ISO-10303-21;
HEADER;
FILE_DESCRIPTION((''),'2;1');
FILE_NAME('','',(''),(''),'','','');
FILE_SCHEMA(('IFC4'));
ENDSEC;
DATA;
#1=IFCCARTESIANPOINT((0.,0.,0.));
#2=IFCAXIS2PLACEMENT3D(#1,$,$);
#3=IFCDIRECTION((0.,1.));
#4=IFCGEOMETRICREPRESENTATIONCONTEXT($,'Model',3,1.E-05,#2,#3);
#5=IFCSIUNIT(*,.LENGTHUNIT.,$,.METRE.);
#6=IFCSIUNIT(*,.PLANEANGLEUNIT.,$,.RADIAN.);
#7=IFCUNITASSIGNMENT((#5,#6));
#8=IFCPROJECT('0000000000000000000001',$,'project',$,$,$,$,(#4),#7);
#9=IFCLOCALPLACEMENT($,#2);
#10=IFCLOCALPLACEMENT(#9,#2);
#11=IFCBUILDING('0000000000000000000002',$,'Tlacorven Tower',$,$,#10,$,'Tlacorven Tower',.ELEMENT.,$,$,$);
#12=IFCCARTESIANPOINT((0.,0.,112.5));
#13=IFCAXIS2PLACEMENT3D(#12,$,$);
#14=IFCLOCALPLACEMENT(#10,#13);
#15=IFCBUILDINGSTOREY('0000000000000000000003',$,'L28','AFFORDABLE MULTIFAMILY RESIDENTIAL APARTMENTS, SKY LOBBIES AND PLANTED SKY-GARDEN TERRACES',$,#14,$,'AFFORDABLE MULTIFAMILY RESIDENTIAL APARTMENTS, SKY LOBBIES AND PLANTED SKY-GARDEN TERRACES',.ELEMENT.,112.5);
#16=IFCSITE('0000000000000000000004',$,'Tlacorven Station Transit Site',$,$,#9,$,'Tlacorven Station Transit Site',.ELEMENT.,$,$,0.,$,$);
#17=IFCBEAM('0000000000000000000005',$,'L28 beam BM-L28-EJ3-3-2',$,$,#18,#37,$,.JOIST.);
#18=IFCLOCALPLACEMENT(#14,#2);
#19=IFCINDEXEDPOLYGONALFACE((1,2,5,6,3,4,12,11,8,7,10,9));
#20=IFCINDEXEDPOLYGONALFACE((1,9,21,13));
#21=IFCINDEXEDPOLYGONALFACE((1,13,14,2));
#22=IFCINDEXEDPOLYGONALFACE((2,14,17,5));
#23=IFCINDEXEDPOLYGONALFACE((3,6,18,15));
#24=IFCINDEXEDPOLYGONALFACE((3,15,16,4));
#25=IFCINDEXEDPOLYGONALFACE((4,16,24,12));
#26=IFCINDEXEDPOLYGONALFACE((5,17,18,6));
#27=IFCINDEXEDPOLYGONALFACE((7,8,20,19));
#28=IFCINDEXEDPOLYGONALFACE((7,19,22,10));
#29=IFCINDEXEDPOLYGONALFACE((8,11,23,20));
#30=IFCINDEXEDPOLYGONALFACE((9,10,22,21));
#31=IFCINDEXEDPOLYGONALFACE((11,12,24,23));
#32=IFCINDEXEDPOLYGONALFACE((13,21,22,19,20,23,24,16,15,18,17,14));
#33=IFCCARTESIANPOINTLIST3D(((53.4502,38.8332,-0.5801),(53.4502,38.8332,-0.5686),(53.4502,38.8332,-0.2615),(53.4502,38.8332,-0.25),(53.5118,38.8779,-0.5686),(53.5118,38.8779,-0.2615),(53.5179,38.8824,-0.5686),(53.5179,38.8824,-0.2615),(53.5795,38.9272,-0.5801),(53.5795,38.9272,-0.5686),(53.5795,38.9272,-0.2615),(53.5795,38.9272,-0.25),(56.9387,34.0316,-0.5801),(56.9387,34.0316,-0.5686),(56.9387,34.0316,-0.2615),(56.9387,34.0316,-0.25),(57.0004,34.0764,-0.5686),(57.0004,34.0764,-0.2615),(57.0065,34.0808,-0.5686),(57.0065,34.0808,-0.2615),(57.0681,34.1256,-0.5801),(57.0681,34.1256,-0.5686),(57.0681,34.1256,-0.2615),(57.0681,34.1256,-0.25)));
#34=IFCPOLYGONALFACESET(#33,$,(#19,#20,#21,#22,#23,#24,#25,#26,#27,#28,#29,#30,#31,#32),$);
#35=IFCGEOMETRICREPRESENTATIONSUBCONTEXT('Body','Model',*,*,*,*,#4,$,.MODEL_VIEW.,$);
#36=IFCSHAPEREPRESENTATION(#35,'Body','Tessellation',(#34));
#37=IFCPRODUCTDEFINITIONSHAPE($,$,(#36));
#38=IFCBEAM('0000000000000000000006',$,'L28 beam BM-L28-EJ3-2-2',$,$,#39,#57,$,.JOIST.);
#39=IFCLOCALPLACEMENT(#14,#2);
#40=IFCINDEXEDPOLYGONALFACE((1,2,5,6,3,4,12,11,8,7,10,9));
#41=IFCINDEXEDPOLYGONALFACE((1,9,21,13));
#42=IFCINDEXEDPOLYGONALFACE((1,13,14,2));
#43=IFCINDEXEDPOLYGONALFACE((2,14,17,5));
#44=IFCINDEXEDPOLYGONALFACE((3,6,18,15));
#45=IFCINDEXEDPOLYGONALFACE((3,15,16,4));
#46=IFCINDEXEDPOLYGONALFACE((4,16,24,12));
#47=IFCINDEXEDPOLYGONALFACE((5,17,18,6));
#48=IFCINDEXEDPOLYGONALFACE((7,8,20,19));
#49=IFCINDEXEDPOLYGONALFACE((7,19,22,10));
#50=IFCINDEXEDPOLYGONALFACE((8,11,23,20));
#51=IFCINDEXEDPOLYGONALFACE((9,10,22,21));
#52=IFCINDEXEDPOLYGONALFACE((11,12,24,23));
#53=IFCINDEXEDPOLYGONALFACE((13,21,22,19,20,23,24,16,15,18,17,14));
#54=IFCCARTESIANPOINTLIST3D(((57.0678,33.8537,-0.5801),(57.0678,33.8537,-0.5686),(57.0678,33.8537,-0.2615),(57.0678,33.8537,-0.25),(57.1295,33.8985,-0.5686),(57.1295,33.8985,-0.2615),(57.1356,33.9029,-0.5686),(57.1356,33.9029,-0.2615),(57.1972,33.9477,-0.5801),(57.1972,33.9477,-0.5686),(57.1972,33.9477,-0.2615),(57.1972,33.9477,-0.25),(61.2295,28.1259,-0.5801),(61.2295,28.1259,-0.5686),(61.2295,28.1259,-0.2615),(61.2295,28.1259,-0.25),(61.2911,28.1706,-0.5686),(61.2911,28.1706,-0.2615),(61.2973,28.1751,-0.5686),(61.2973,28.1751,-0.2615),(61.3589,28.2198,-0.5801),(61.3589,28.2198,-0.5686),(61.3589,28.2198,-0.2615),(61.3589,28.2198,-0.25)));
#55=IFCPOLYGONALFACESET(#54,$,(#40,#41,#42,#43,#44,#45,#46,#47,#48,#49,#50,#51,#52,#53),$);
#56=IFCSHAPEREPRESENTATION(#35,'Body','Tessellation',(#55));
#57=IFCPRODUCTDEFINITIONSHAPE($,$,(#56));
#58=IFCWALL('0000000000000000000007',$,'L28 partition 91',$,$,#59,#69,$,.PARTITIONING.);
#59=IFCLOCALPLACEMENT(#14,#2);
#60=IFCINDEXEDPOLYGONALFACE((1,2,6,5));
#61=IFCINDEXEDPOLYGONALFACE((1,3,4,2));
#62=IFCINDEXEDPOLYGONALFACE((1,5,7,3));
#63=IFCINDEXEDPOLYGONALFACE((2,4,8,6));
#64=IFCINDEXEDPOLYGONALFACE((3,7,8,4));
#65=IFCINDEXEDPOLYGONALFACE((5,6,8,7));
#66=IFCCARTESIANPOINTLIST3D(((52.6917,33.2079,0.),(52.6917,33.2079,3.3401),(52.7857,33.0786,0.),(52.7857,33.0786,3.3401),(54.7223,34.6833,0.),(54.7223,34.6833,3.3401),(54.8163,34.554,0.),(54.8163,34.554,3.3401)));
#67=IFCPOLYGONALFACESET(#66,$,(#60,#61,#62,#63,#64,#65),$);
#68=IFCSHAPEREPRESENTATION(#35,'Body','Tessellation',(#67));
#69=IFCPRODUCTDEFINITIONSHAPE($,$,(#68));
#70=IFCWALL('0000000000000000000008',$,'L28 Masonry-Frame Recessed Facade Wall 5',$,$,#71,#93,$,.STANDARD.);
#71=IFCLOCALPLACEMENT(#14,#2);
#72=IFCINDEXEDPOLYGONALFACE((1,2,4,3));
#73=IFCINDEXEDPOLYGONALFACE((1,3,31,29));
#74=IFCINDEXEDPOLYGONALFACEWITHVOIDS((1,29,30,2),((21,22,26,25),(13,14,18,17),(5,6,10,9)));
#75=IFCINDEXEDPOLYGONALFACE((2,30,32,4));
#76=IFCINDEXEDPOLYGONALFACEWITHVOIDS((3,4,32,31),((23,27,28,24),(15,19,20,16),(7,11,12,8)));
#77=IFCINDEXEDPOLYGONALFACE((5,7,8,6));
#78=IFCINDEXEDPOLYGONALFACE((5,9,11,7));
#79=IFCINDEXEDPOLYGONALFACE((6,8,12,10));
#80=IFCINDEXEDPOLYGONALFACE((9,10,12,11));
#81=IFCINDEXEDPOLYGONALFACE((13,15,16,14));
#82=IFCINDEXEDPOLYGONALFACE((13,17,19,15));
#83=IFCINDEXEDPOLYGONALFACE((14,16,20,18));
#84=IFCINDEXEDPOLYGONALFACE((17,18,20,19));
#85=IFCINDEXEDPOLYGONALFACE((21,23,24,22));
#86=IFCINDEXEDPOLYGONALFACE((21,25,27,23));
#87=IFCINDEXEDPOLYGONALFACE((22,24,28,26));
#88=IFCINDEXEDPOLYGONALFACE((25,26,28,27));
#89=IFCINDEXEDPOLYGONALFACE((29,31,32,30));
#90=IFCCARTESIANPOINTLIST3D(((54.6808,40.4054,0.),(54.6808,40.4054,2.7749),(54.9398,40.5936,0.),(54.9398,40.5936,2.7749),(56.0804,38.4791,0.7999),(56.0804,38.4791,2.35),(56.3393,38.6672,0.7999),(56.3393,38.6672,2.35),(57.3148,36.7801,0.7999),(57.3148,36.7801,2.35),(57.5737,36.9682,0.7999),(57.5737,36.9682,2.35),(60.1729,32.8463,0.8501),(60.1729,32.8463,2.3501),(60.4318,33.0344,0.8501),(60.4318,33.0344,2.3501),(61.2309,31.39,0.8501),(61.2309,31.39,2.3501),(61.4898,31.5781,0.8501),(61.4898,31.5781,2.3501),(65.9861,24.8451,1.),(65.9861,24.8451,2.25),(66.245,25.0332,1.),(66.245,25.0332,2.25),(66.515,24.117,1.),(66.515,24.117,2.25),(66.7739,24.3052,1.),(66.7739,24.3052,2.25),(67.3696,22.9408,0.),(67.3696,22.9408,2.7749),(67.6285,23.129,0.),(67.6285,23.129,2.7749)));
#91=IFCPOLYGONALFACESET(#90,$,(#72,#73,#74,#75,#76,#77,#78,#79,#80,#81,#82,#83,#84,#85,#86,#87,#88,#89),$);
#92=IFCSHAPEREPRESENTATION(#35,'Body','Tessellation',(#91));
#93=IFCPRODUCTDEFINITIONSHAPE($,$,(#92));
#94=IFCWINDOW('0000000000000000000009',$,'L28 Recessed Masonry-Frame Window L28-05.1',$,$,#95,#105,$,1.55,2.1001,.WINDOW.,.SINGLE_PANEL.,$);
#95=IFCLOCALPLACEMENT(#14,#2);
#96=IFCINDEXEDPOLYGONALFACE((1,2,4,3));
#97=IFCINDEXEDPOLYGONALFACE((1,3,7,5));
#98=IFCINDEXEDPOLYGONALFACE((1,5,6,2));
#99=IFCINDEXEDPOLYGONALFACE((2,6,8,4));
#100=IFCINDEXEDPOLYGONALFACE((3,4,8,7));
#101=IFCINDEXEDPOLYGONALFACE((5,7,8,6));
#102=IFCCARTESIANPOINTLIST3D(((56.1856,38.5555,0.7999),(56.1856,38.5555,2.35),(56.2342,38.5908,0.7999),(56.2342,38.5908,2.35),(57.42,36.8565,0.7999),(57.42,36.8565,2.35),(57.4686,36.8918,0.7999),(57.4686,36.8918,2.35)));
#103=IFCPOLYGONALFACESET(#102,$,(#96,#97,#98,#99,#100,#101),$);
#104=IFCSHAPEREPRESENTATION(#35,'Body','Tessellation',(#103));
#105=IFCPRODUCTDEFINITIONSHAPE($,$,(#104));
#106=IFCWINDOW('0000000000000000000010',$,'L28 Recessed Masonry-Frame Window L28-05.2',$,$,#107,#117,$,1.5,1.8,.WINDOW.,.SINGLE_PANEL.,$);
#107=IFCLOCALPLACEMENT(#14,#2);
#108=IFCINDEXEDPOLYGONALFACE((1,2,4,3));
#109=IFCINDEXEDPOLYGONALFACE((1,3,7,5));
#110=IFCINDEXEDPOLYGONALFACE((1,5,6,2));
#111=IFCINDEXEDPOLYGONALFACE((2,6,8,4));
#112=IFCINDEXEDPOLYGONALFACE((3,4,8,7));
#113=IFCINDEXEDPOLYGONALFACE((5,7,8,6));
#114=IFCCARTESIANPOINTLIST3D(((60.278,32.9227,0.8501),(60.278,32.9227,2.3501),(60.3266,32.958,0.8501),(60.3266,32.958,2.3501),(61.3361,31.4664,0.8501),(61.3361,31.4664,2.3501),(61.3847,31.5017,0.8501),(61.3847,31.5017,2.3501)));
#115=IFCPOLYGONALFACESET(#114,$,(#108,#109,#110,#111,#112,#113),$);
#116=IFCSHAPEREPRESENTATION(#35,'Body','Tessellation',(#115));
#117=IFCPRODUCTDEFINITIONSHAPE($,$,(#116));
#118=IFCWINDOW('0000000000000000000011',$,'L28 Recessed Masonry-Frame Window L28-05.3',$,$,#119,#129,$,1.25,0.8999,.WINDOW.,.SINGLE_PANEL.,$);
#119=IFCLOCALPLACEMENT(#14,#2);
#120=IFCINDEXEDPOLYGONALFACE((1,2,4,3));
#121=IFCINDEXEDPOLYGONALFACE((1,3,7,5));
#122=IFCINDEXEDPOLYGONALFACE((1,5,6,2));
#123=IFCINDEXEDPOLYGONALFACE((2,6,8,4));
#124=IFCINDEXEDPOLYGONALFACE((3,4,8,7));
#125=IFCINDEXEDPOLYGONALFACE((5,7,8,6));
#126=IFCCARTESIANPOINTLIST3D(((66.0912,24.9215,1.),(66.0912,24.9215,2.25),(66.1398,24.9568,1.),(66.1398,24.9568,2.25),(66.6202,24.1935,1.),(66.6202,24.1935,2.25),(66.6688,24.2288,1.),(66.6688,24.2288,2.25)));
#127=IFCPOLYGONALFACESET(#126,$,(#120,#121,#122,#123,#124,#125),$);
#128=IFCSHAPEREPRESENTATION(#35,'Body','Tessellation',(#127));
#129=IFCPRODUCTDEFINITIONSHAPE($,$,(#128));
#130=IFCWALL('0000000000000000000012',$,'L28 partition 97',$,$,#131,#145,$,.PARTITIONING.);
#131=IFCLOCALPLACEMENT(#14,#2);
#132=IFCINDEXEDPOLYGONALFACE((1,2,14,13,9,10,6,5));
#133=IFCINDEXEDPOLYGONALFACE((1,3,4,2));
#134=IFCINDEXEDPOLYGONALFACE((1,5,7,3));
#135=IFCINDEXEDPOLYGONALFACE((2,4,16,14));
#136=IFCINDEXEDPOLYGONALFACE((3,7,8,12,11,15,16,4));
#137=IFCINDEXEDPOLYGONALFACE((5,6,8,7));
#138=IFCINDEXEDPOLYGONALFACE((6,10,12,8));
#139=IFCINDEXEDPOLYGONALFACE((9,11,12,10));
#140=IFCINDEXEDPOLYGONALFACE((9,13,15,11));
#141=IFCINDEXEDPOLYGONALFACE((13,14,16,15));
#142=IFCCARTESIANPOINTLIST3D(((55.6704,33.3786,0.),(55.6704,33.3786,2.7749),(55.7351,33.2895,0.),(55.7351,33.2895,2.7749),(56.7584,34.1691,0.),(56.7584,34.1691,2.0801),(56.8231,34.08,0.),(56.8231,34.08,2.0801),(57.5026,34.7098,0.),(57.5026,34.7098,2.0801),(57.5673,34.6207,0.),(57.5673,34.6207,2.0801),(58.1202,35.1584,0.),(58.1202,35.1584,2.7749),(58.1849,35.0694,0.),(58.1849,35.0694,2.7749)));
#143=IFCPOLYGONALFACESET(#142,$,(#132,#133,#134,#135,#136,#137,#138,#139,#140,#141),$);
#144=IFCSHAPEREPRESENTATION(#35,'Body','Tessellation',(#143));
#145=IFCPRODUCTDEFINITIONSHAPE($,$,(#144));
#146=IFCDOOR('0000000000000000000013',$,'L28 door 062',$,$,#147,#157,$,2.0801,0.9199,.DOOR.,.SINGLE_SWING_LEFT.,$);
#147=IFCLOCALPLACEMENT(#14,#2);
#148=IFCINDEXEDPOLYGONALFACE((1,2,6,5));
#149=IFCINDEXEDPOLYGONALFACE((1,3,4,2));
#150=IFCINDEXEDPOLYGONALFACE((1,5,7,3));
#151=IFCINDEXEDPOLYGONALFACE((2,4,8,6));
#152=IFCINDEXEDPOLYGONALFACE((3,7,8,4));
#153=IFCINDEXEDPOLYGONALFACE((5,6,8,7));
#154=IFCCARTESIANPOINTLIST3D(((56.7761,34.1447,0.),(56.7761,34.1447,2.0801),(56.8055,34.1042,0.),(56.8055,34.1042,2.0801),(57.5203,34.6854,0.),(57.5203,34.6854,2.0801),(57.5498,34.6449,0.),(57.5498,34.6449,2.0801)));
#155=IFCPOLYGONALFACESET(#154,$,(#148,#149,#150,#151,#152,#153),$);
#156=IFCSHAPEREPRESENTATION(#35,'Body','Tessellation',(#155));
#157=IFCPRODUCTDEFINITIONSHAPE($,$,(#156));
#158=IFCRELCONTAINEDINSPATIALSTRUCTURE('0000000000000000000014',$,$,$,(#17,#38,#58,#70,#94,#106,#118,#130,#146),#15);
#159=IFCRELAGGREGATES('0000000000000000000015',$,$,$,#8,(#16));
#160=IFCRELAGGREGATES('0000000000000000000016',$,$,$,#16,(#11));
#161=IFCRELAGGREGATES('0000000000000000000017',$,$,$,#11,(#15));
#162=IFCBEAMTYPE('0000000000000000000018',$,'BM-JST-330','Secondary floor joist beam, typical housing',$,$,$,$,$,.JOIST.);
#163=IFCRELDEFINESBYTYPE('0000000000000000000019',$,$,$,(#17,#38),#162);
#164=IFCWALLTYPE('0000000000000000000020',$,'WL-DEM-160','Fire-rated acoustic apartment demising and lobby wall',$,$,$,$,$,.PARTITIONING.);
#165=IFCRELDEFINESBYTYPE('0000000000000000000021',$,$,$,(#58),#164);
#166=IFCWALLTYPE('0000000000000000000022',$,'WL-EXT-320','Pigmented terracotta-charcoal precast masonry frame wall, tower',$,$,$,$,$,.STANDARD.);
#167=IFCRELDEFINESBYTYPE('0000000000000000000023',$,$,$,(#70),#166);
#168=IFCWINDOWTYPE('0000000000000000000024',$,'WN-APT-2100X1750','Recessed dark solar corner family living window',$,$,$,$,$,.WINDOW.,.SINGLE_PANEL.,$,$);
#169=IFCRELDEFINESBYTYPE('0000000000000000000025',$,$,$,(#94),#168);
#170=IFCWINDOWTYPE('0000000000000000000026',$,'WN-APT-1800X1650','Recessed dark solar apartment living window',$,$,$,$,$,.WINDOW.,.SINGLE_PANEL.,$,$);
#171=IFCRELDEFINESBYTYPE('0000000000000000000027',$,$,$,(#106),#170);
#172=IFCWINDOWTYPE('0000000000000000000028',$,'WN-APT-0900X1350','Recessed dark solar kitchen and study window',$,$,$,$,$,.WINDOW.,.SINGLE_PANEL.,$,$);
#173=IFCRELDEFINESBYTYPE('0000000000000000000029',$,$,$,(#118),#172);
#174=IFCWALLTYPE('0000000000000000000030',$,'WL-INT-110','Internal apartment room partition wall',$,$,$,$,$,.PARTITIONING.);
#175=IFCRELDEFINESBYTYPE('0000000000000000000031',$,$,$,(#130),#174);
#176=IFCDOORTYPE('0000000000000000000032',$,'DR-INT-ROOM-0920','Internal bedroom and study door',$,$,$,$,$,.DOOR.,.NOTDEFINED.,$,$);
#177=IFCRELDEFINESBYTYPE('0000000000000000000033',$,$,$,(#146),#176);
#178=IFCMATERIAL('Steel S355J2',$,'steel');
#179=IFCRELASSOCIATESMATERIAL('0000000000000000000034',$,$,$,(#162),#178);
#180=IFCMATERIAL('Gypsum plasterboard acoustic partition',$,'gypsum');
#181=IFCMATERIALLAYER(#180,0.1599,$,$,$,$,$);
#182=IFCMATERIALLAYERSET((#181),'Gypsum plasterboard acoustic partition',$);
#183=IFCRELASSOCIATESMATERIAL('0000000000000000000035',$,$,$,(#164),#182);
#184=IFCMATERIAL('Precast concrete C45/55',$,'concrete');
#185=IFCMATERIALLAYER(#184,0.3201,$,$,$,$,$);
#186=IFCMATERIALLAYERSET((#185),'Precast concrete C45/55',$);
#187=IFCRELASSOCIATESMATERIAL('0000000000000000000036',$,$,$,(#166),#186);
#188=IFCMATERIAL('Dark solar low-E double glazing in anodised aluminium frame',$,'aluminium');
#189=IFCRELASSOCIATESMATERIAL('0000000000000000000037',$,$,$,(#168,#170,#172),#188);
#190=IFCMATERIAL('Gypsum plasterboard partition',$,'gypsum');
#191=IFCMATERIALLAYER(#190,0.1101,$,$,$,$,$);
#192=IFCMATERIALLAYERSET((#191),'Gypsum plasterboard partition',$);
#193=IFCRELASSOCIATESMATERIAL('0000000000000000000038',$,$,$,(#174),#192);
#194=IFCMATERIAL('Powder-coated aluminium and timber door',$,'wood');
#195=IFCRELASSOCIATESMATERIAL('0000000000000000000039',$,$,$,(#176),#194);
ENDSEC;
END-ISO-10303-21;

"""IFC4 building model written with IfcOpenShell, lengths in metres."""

from ifc_helpers import new_model, si_unit, direction, frame, frame_2d, origin, origin_2d, place, context, subcontext, project, spatial, rectangle, i_section, extrude, source, transform, mapped, material, layer, layer_set, material_profile, profile_set, type_object, element, fill, save


model = new_model("IFC4")

# Units and contexts
model_context = context("Model", 3, precision=1e-05, world=origin(), true_north=direction((0.0, 1.0)))
body_context = subcontext(model_context, "Body", "Model", "MODEL_VIEW")
ifc_project = project(units=[si_unit("LENGTHUNIT", "METRE"), si_unit("PLANEANGLEUNIT", "RADIAN")], contexts=[model_context])

# Site, building, storey
site_placement = place(None, origin())
site = spatial("IfcSite", under=ifc_project, at=site_placement, Name="Tlacorven Station Transit Site", LongName="Tlacorven Station Transit Site", CompositionType="ELEMENT", RefElevation=0.0)
building_placement = place(site_placement, origin())
building = spatial("IfcBuilding", under=site, at=building_placement, Name="Tlacorven Tower", LongName="Tlacorven Tower", CompositionType="ELEMENT")
storey_placement = place(building_placement, frame((0.0, 0.0, 112.5)))
storey = spatial("IfcBuildingStorey", under=building, at=storey_placement, Name="L28", Description="AFFORDABLE MULTIFAMILY RESIDENTIAL APARTMENTS, SKY LOBBIES AND PLANTED SKY-GARDEN TERRACES", LongName="AFFORDABLE MULTIFAMILY RESIDENTIAL APARTMENTS, SKY LOBBIES AND PLANTED SKY-GARDEN TERRACES", CompositionType="ELEMENT", Elevation=112.5)

# Beams
ifc_material_1 = material(Name="Steel S355J2", Category="steel")
ifc_material_profile_1 = material_profile(ifc_material_1, i_section(OverallWidth=0.1599, OverallDepth=0.3301, WebThickness=0.0076, FlangeThickness=0.0115, at=origin_2d()), Name="IPE 330")
ifc_profile_set_1 = profile_set([ifc_material_profile_1], Name="Steel S355J2")
beam_type_1 = type_object("IfcBeamType", Name="BM-JST-330", Description="Secondary floor joist beam, typical housing", PredefinedType="JOIST", material=ifc_profile_set_1)
shared_shape_1 = source(origin(), body_context, "Body", "SweptSolid", [
    extrude(i_section(OverallWidth=0.1599, OverallDepth=0.3301, WebThickness=0.0076, FlangeThickness=0.0115, at=origin_2d()), origin(), (0.0, 0.0, 1.0), 5.9351),
])
for number, where, z_axis, x_axis, name in (
    (1, (57.0034, 34.0786, -0.415), (-0.587788, 0.809015, 0.0), (-0.809015, -0.587788, 0.0), "L28 beam BM-L28-EJ3-3-2"),
):
    element("IfcBeam", number, at=place(storey_placement, frame(where, z_axis=z_axis, x_axis=x_axis)), inside=storey, type_object=beam_type_1, Name=name, PredefinedType="JOIST", context=body_context, shape_type="MappedRepresentation", body=[
        mapped(shared_shape_1, transform((0.0, 0.0, 0.0), scale=1.0)),
    ])
shared_shape_2 = source(origin(), body_context, "Body", "SweptSolid", [
    extrude(i_section(OverallWidth=0.1599, OverallDepth=0.3301, WebThickness=0.0076, FlangeThickness=0.0115, at=origin_2d()), origin(), (0.0, 0.0, 1.0), 7.0801),
])
beam_1_placement = place(storey_placement, frame((61.2942, 28.1729, -0.415), z_axis=(-0.587798, 0.809007, 0.0), x_axis=(-0.809007, -0.587798, 0.0)))
element("IfcBeam", 2, at=beam_1_placement, inside=storey, type_object=beam_type_1, Name="L28 beam BM-L28-EJ3-2-2", PredefinedType="JOIST", context=body_context, shape_type="MappedRepresentation", body=[
    mapped(shared_shape_2, transform((0.0, 0.0, 0.0), scale=1.0)),
])

# Wall
ifc_material_2 = material(Name="Gypsum plasterboard acoustic partition", Category="gypsum")
ifc_layer_1 = layer(ifc_material_2, 0.1599)
ifc_layer_set_1 = layer_set([ifc_layer_1], Name="Gypsum plasterboard acoustic partition")
wall_type_1 = type_object("IfcWallType", Name="WL-DEM-160", Description="Fire-rated acoustic apartment demising and lobby wall", PredefinedType="PARTITIONING", material=ifc_layer_set_1)
wall_1_placement = place(storey_placement, frame((52.7388, 33.1433, 0.0), z_axis=(0.0, 0.0, 1.0), x_axis=(0.809001, 0.587807, 0.0)))
element("IfcWall", 3, at=wall_1_placement, inside=storey, type_object=wall_type_1, Name="L28 partition 91", PredefinedType="PARTITIONING", context=body_context, shape_type="SweptSolid", body=[
    extrude(rectangle(XDim=2.51, YDim=0.1599, at=frame_2d((1.2549, 0.0))), origin(), (0.0, 0.0, 1.0), 3.3401),
])

# Wall, openings, windows
ifc_material_3 = material(Name="Precast concrete C45/55", Category="concrete")
ifc_layer_2 = layer(ifc_material_3, 0.3201)
ifc_layer_set_2 = layer_set([ifc_layer_2], Name="Precast concrete C45/55")
wall_type_2 = type_object("IfcWallType", Name="WL-EXT-320", Description="Pigmented terracotta-charcoal precast masonry frame wall, tower", PredefinedType="STANDARD", material=ifc_layer_set_2)
wall_2_placement = place(storey_placement, frame((54.8103, 40.4995, 0.0), z_axis=(0.0, 0.0, 1.0), x_axis=(0.587784, -0.809018, 0.0)))
wall_2 = element("IfcWall", 4, at=wall_2_placement, inside=storey, type_object=wall_type_2, Name="L28 Masonry-Frame Recessed Facade Wall 5", PredefinedType="STANDARD", context=body_context, shape_type="SweptSolid", body=[
    extrude(rectangle(XDim=21.5874, YDim=0.3201, at=frame_2d((10.7937, 0.0))), origin(), (0.0, 0.0, 1.0), 2.7749),
])
opening_1_placement = place(wall_2_placement, frame((2.3811, 0.0, 0.8)))
opening_1 = element("IfcOpeningElement", 5, at=opening_1_placement, cuts=wall_2, PredefinedType="OPENING", context=body_context, shape_type="SweptSolid", body=[
    extrude(rectangle(XDim=2.1001, YDim=1.55, at=frame_2d((1.05, 0.7749))), frame((0.0, 0.1699, 0.0), z_axis=(0.0, -1.0, 0.0), x_axis=(1.0, 0.0, 0.0)), (0.0, 0.0, 1.0), 0.3401),
])
opening_2_placement = place(wall_2_placement, frame((9.3438, 0.0, 0.8501)))
opening_2 = element("IfcOpeningElement", 6, at=opening_2_placement, cuts=wall_2, PredefinedType="OPENING", context=body_context, shape_type="SweptSolid", body=[
    extrude(rectangle(XDim=1.8, YDim=1.5, at=frame_2d((0.8999, 0.75))), frame((0.0, 0.1699, 0.0), z_axis=(0.0, -1.0, 0.0), x_axis=(1.0, 0.0, 0.0)), (0.0, 0.0, 1.0), 0.3401),
])
opening_3_placement = place(wall_2_placement, frame((19.2336, 0.0, 1.0)))
opening_3 = element("IfcOpeningElement", 7, at=opening_3_placement, cuts=wall_2, PredefinedType="OPENING", context=body_context, shape_type="SweptSolid", body=[
    extrude(rectangle(XDim=0.8999, YDim=1.25, at=frame_2d((0.45, 0.625))), frame((0.0, 0.1699, 0.0), z_axis=(0.0, -1.0, 0.0), x_axis=(1.0, 0.0, 0.0)), (0.0, 0.0, 1.0), 0.3401),
])
ifc_material_4 = material(Name="Dark solar low-E double glazing in anodised aluminium frame", Category="aluminium")
window_type_1 = type_object("IfcWindowType", Name="WN-APT-2100X1750", Description="Recessed dark solar corner family living window", PartitioningType="SINGLE_PANEL", PredefinedType="WINDOW", material=ifc_material_4)
shared_shape_3 = source(origin(), body_context, "Body", "SweptSolid", [
    extrude(rectangle(XDim=2.1001, YDim=1.55, at=frame_2d((1.05, 0.7749))), frame((0.0, 0.03, 0.0), z_axis=(0.0, -1.0, 0.0), x_axis=(1.0, 0.0, 0.0)), (0.0, 0.0, 1.0), 0.0601),
])
window_1_placement = place(opening_1_placement, origin())
window_1 = element("IfcWindow", 8, at=window_1_placement, inside=storey, type_object=window_type_1, Name="L28 Recessed Masonry-Frame Window L28-05.1", OverallHeight=1.55, OverallWidth=2.1001, PartitioningType="SINGLE_PANEL", PredefinedType="WINDOW", context=body_context, shape_type="MappedRepresentation", body=[
    mapped(shared_shape_3, transform((0.0, 0.0, 0.0), scale=1.0)),
])
fill(opening_1, window_1)
window_type_2 = type_object("IfcWindowType", Name="WN-APT-1800X1650", Description="Recessed dark solar apartment living window", PartitioningType="SINGLE_PANEL", PredefinedType="WINDOW", material=ifc_material_4)
shared_shape_4 = source(origin(), body_context, "Body", "SweptSolid", [
    extrude(rectangle(XDim=1.8, YDim=1.5, at=frame_2d((0.8999, 0.75))), frame((0.0, 0.03, 0.0), z_axis=(0.0, -1.0, 0.0), x_axis=(1.0, 0.0, 0.0)), (0.0, 0.0, 1.0), 0.0601),
])
window_2_placement = place(opening_2_placement, origin())
window_2 = element("IfcWindow", 9, at=window_2_placement, inside=storey, type_object=window_type_2, Name="L28 Recessed Masonry-Frame Window L28-05.2", OverallHeight=1.5, OverallWidth=1.8, PartitioningType="SINGLE_PANEL", PredefinedType="WINDOW", context=body_context, shape_type="MappedRepresentation", body=[
    mapped(shared_shape_4, transform((0.0, 0.0, 0.0), scale=1.0)),
])
fill(opening_2, window_2)
window_type_3 = type_object("IfcWindowType", Name="WN-APT-0900X1350", Description="Recessed dark solar kitchen and study window", PartitioningType="SINGLE_PANEL", PredefinedType="WINDOW", material=ifc_material_4)
shared_shape_5 = source(origin(), body_context, "Body", "SweptSolid", [
    extrude(rectangle(XDim=0.8999, YDim=1.25, at=frame_2d((0.45, 0.625))), frame((0.0, 0.03, 0.0), z_axis=(0.0, -1.0, 0.0), x_axis=(1.0, 0.0, 0.0)), (0.0, 0.0, 1.0), 0.0601),
])
window_3_placement = place(opening_3_placement, origin())
window_3 = element("IfcWindow", 10, at=window_3_placement, inside=storey, type_object=window_type_3, Name="L28 Recessed Masonry-Frame Window L28-05.3", OverallHeight=1.25, OverallWidth=0.8999, PartitioningType="SINGLE_PANEL", PredefinedType="WINDOW", context=body_context, shape_type="MappedRepresentation", body=[
    mapped(shared_shape_5, transform((0.0, 0.0, 0.0), scale=1.0)),
])
fill(opening_3, window_3)

# Wall, opening, door
ifc_material_5 = material(Name="Gypsum plasterboard partition", Category="gypsum")
ifc_layer_3 = layer(ifc_material_5, 0.1101)
ifc_layer_set_3 = layer_set([ifc_layer_3], Name="Gypsum plasterboard partition")
wall_type_3 = type_object("IfcWallType", Name="WL-INT-110", Description="Internal apartment room partition wall", PredefinedType="PARTITIONING", material=ifc_layer_set_3)
wall_3_placement = place(storey_placement, frame((55.7026, 33.334, 0.0), z_axis=(0.0, 0.0, 1.0), x_axis=(0.809022, 0.587779, 0.0)))
wall_3 = element("IfcWall", 11, at=wall_3_placement, inside=storey, type_object=wall_type_3, Name="L28 partition 97", PredefinedType="PARTITIONING", context=body_context, shape_type="SweptSolid", body=[
    extrude(rectangle(XDim=3.0281, YDim=0.1101, at=frame_2d((1.5142, 0.0))), origin(), (0.0, 0.0, 1.0), 2.7749),
])
opening_4_placement = place(wall_3_placement, frame((1.345, 0.0, 0.0)))
opening_4 = element("IfcOpeningElement", 12, at=opening_4_placement, cuts=wall_3, PredefinedType="OPENING", context=body_context, shape_type="SweptSolid", body=[
    extrude(rectangle(XDim=0.9199, YDim=2.0801, at=frame_2d((0.46, 1.04))), frame((0.0, 0.0649, 0.0), z_axis=(0.0, -1.0, 0.0), x_axis=(1.0, 0.0, 0.0)), (0.0, 0.0, 1.0), 0.1301),
])
ifc_material_6 = material(Name="Powder-coated aluminium and timber door", Category="wood")
door_type = type_object("IfcDoorType", Name="DR-INT-ROOM-0920", Description="Internal bedroom and study door", OperationType="NOTDEFINED", PredefinedType="DOOR", material=ifc_material_6)
shared_shape_6 = source(origin(), body_context, "Body", "SweptSolid", [
    extrude(rectangle(XDim=0.9199, YDim=2.0801, at=frame_2d((0.46, 1.04))), frame((0.0, 0.0249, 0.0), z_axis=(0.0, -1.0, 0.0), x_axis=(1.0, 0.0, 0.0)), (0.0, 0.0, 1.0), 0.05),
])
door_placement = place(opening_4_placement, origin())
door = element("IfcDoor", 13, at=door_placement, inside=storey, type_object=door_type, Name="L28 door 062", OperationType="SINGLE_SWING_LEFT", OverallHeight=2.0801, OverallWidth=0.9199, PredefinedType="DOOR", context=body_context, shape_type="MappedRepresentation", body=[
    mapped(shared_shape_6, transform((0.0, 0.0, 0.0), scale=1.0)),
])
fill(opening_4, door)

save(model, "model.ifc")
